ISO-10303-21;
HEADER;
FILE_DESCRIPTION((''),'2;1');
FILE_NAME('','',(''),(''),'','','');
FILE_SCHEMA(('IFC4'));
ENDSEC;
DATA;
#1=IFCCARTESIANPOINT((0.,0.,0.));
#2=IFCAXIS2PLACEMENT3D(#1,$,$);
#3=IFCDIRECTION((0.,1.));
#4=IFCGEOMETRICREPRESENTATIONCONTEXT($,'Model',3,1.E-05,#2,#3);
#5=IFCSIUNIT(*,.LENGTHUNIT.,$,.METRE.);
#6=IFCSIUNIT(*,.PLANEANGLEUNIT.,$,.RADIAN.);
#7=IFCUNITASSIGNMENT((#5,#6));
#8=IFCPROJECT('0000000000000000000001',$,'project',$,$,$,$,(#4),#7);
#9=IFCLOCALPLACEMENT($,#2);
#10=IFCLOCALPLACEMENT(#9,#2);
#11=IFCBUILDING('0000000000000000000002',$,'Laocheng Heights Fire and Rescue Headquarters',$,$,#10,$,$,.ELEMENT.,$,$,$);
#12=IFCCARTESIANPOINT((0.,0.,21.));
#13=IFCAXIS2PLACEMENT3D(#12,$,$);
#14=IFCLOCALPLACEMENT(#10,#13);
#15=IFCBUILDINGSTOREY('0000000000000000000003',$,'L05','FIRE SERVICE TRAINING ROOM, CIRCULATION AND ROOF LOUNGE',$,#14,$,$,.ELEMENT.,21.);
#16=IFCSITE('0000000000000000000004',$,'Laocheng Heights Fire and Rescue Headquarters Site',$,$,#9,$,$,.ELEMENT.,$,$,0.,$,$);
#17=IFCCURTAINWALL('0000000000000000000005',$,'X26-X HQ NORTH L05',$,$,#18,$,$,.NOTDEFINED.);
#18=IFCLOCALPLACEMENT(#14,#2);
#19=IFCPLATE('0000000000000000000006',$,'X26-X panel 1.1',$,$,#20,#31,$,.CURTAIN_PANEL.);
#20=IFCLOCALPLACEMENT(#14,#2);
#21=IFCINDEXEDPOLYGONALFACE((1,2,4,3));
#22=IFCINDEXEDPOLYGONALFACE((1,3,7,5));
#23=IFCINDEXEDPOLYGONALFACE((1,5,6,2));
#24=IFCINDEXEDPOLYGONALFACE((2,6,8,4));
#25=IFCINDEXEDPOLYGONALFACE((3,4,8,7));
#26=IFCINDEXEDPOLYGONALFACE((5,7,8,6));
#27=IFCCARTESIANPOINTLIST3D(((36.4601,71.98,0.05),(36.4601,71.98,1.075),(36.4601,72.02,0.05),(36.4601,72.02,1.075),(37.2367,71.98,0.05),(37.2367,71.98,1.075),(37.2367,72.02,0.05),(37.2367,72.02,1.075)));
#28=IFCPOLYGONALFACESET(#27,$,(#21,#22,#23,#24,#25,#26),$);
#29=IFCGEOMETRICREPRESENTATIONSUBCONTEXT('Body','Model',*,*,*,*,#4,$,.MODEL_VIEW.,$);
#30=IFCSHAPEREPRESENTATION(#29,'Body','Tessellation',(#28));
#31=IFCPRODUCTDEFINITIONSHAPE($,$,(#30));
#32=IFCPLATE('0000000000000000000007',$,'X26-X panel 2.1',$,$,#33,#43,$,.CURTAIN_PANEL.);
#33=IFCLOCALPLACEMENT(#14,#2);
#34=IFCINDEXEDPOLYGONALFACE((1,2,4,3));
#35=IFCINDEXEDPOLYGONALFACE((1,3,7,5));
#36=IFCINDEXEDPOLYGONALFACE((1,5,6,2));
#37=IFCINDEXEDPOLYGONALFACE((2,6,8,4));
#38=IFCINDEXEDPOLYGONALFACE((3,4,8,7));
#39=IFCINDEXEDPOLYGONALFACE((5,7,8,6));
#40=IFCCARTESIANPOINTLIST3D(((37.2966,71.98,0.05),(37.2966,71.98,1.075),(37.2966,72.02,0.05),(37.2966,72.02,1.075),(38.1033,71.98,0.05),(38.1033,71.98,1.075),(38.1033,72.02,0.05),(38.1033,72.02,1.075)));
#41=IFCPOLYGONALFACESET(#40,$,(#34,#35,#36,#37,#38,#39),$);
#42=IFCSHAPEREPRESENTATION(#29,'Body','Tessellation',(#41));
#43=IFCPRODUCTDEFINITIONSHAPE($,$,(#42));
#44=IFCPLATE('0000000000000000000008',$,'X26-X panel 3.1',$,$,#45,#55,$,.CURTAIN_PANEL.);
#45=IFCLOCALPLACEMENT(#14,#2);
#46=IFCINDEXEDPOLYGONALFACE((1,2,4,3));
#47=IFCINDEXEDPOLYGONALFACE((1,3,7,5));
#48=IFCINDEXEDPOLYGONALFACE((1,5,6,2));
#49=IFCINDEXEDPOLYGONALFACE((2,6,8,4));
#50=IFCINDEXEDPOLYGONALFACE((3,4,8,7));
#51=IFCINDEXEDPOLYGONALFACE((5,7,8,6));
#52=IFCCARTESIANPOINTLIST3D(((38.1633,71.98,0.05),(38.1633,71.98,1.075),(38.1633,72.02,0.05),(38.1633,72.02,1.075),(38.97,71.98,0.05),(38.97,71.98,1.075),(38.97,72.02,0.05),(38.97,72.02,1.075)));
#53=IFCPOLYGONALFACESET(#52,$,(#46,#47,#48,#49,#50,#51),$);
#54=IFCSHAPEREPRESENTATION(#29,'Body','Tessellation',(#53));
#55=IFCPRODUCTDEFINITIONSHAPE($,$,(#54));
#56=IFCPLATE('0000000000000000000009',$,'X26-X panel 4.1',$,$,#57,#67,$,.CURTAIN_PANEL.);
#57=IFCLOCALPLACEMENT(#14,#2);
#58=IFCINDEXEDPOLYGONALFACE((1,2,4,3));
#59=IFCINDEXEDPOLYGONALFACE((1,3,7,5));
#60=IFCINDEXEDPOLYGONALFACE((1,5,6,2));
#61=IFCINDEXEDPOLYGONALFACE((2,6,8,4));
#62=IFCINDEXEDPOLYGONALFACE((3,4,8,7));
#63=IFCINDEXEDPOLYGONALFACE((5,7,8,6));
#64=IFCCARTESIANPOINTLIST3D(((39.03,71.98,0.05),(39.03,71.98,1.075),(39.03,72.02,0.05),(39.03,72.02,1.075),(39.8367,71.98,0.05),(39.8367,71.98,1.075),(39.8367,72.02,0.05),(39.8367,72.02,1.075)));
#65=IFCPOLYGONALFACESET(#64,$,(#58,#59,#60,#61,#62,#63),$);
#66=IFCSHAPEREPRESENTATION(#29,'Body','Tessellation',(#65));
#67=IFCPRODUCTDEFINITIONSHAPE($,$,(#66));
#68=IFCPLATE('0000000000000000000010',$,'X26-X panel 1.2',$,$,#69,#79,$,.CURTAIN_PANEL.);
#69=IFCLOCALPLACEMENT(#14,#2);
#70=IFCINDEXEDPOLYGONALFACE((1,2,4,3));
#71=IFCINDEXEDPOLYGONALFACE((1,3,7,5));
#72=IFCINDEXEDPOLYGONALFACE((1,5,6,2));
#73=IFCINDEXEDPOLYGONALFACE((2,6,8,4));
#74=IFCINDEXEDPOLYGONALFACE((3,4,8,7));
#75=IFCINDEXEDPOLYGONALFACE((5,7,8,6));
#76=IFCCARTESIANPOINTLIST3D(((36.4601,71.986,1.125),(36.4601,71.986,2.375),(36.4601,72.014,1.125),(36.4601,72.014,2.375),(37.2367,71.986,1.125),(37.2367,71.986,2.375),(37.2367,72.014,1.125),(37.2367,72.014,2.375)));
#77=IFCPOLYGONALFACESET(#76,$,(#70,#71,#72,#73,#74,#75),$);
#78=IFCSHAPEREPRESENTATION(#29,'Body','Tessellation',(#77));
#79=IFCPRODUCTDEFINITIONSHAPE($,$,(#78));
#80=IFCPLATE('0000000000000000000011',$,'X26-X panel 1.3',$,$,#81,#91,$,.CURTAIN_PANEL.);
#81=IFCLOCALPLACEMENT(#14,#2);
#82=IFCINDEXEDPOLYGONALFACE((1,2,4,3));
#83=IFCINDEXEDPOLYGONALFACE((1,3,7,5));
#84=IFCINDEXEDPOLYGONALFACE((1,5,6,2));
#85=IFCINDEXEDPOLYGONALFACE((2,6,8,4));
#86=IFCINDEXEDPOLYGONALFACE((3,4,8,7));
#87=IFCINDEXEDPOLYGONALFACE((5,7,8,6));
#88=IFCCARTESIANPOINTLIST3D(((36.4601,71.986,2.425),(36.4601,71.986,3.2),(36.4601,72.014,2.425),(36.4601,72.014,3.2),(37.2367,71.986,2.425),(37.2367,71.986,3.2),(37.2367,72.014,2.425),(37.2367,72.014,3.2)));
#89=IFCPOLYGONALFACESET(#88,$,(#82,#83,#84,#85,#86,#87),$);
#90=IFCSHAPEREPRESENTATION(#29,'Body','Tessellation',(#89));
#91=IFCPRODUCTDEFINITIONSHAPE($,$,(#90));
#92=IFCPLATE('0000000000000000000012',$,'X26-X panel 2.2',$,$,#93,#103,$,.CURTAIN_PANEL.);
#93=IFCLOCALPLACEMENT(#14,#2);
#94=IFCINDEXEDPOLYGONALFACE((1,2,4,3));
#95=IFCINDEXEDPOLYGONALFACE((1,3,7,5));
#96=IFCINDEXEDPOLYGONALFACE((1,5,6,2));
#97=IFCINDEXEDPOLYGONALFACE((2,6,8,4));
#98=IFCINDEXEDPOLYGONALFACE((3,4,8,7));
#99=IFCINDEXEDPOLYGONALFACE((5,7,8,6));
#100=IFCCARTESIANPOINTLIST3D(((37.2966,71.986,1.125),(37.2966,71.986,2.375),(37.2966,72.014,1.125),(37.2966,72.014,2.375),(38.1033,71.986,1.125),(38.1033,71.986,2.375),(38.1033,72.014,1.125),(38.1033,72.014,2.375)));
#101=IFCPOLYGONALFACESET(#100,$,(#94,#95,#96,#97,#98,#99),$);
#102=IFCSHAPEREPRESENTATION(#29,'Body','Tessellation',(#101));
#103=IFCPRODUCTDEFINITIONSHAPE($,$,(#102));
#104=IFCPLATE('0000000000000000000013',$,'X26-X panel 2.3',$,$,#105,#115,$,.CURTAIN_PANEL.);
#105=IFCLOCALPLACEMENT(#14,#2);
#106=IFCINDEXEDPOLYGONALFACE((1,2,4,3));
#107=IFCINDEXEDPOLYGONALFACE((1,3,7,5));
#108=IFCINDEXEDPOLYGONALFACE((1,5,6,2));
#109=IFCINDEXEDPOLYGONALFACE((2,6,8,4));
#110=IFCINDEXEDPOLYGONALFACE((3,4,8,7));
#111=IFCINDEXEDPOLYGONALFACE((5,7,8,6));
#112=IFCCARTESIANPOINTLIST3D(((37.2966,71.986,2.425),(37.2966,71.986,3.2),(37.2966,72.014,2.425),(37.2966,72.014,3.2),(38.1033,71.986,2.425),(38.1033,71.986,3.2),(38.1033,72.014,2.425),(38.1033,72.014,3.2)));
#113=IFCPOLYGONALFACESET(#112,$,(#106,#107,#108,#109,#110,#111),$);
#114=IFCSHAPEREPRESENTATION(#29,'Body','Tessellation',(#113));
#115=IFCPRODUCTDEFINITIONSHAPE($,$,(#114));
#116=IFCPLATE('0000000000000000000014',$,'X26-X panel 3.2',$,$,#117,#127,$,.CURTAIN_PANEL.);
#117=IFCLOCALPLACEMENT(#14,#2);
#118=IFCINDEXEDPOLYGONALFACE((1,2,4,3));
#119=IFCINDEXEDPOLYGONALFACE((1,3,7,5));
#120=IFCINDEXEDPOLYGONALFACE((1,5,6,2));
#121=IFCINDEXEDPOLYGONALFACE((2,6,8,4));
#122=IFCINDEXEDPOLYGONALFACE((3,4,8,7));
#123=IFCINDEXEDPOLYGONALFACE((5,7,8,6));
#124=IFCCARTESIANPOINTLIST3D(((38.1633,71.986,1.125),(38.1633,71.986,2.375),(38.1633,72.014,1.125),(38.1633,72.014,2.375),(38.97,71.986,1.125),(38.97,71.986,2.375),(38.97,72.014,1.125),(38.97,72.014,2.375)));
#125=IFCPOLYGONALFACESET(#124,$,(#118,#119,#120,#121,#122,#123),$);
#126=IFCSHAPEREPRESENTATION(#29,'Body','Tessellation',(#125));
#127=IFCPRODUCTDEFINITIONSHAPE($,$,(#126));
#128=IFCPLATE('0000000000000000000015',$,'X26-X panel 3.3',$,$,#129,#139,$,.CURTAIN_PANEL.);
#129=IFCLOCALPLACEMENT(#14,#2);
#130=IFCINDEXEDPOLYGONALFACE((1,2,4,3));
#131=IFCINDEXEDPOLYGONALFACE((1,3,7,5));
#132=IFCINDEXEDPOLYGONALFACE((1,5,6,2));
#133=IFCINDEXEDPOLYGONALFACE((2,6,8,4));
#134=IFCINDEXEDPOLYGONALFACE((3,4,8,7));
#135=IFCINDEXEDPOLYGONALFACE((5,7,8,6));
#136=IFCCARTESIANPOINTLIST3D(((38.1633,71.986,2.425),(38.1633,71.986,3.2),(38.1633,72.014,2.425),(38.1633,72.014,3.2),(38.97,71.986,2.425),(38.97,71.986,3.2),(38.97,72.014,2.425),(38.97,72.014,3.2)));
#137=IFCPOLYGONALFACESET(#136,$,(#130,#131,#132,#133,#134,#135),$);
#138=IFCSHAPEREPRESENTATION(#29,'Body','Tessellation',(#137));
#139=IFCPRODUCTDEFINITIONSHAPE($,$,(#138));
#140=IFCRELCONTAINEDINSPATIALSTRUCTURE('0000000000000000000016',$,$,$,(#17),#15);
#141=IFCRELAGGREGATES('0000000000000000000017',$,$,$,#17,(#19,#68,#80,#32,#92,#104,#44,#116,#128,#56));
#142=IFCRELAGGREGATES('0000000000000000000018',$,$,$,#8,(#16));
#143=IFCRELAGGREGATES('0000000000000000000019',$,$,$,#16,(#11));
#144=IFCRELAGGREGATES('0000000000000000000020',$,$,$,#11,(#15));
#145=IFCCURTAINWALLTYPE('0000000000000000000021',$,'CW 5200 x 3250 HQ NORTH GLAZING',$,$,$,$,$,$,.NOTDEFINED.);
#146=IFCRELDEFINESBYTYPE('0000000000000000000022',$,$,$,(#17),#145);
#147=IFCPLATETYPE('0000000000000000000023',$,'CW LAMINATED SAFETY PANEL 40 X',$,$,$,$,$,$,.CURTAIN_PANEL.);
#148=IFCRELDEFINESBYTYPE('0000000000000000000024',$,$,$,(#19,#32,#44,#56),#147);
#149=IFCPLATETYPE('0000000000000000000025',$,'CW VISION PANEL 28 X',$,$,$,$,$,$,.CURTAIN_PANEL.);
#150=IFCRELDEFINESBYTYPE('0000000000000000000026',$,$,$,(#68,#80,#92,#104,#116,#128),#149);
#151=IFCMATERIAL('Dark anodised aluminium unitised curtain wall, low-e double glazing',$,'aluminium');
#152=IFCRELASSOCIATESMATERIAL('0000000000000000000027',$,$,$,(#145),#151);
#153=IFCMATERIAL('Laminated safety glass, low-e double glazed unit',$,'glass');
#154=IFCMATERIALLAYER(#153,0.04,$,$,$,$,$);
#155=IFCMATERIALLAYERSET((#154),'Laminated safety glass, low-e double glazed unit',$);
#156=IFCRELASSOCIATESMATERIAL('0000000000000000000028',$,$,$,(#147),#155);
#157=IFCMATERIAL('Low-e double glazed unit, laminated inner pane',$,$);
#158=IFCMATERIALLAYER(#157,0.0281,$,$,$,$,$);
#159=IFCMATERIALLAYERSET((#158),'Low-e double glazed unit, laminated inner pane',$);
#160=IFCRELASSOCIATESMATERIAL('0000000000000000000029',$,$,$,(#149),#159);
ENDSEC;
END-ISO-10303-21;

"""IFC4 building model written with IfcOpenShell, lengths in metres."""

from ifc_helpers import new_model, si_unit, direction, frame, origin, origin_2d, place, context, subcontext, project, spatial, rectangle, extrude, material, layer, layer_set, type_object, element, aggregate, save


model = new_model("IFC4")

# Units and contexts
model_context = context("Model", 3, precision=1e-05, world=origin(), true_north=direction((0.0, 1.0)))
body_context = subcontext(model_context, "Body", "Model", "MODEL_VIEW")
ifc_project = project(units=[si_unit("LENGTHUNIT", "METRE"), si_unit("PLANEANGLEUNIT", "RADIAN")], contexts=[model_context])

# Site, building, storey
site_placement = place(None, origin())
site = spatial("IfcSite", under=ifc_project, at=site_placement, Name="Laocheng Heights Fire and Rescue Headquarters Site", CompositionType="ELEMENT", RefElevation=0.0)
building_placement = place(site_placement, origin())
building = spatial("IfcBuilding", under=site, at=building_placement, Name="Laocheng Heights Fire and Rescue Headquarters", CompositionType="ELEMENT")
storey_placement = place(building_placement, frame((0.0, 0.0, 21.0)))
storey = spatial("IfcBuildingStorey", under=building, at=storey_placement, Name="L05", Description="FIRE SERVICE TRAINING ROOM, CIRCULATION AND ROOF LOUNGE", CompositionType="ELEMENT", Elevation=21.0)

# Curtain wall
ifc_material_1 = material(Name="Dark anodised aluminium unitised curtain wall, low-e double glazing", Category="aluminium")
curtain_wall_type = type_object("IfcCurtainWallType", Name="CW 5200 x 3250 HQ NORTH GLAZING", PredefinedType="NOTDEFINED", material=ifc_material_1)
curtain_wall_placement = place(storey_placement, origin())
curtain_wall = element("IfcCurtainWall", 1, at=curtain_wall_placement, inside=storey, type_object=curtain_wall_type, Name="X26-X HQ NORTH L05", PredefinedType="NOTDEFINED")

# Plates
ifc_material_2 = material(Name="Laminated safety glass, low-e double glazed unit", Category="glass")
ifc_layer_1 = layer(ifc_material_2, 0.04)
ifc_layer_set_1 = layer_set([ifc_layer_1], Name="Laminated safety glass, low-e double glazed unit")
plate_type_1 = type_object("IfcPlateType", Name="CW LAMINATED SAFETY PANEL 40 X", PredefinedType="CURTAIN_PANEL", material=ifc_layer_set_1)
plate_1_placement = place(storey_placement, frame((36.8484, 72.0, 0.05), z_axis=(0.0, 0.0, 1.0), x_axis=(1.0, 0.0, 0.0)))
plate_1 = element("IfcPlate", 2, at=plate_1_placement, type_object=plate_type_1, Name="X26-X panel 1.1", PredefinedType="CURTAIN_PANEL", context=body_context, shape_type="SweptSolid", body=[
    extrude(rectangle(XDim=0.7766, YDim=0.04, at=origin_2d()), origin(), (0.0, 0.0, 1.0), 1.0249),
])
plate_2_placement = place(storey_placement, frame((37.7, 72.0, 0.05), z_axis=(0.0, 0.0, 1.0), x_axis=(1.0, 0.0, 0.0)))
plate_2 = element("IfcPlate", 3, at=plate_2_placement, type_object=plate_type_1, Name="X26-X panel 2.1", PredefinedType="CURTAIN_PANEL", context=body_context, shape_type="SweptSolid", body=[
    extrude(rectangle(XDim=0.8066, YDim=0.04, at=origin_2d()), origin(), (0.0, 0.0, 1.0), 1.0249),
])
plate_3_placement = place(storey_placement, frame((38.5667, 72.0, 0.05), z_axis=(0.0, 0.0, 1.0), x_axis=(1.0, 0.0, 0.0)))
plate_3 = element("IfcPlate", 4, at=plate_3_placement, type_object=plate_type_1, Name="X26-X panel 3.1", PredefinedType="CURTAIN_PANEL", context=body_context, shape_type="SweptSolid", body=[
    extrude(rectangle(XDim=0.8066, YDim=0.04, at=origin_2d()), origin(), (0.0, 0.0, 1.0), 1.0249),
])
plate_4_placement = place(storey_placement, frame((39.4333, 72.0, 0.05), z_axis=(0.0, 0.0, 1.0), x_axis=(1.0, 0.0, 0.0)))
plate_4 = element("IfcPlate", 5, at=plate_4_placement, type_object=plate_type_1, Name="X26-X panel 4.1", PredefinedType="CURTAIN_PANEL", context=body_context, shape_type="SweptSolid", body=[
    extrude(rectangle(XDim=0.8066, YDim=0.04, at=origin_2d()), origin(), (0.0, 0.0, 1.0), 1.0249),
])
ifc_material_3 = material(Name="Low-e double glazed unit, laminated inner pane")
ifc_layer_2 = layer(ifc_material_3, 0.0281)
ifc_layer_set_2 = layer_set([ifc_layer_2], Name="Low-e double glazed unit, laminated inner pane")
plate_type_2 = type_object("IfcPlateType", Name="CW VISION PANEL 28 X", PredefinedType="CURTAIN_PANEL", material=ifc_layer_set_2)
plate_5_placement = place(storey_placement, frame((36.8484, 72.0, 1.125), z_axis=(0.0, 0.0, 1.0), x_axis=(1.0, 0.0, 0.0)))
plate_5 = element("IfcPlate", 6, at=plate_5_placement, type_object=plate_type_2, Name="X26-X panel 1.2", PredefinedType="CURTAIN_PANEL", context=body_context, shape_type="SweptSolid", body=[
    extrude(rectangle(XDim=0.7766, YDim=0.0281, at=origin_2d()), origin(), (0.0, 0.0, 1.0), 1.25),
])
plate_6_placement = place(storey_placement, frame((36.8484, 72.0, 2.425), z_axis=(0.0, 0.0, 1.0), x_axis=(1.0, 0.0, 0.0)))
plate_6 = element("IfcPlate", 7, at=plate_6_placement, type_object=plate_type_2, Name="X26-X panel 1.3", PredefinedType="CURTAIN_PANEL", context=body_context, shape_type="SweptSolid", body=[
    extrude(rectangle(XDim=0.7766, YDim=0.0281, at=origin_2d()), origin(), (0.0, 0.0, 1.0), 0.7749),
])
plate_7_placement = place(storey_placement, frame((37.7, 72.0, 1.125), z_axis=(0.0, 0.0, 1.0), x_axis=(1.0, 0.0, 0.0)))
plate_7 = element("IfcPlate", 8, at=plate_7_placement, type_object=plate_type_2, Name="X26-X panel 2.2", PredefinedType="CURTAIN_PANEL", context=body_context, shape_type="SweptSolid", body=[
    extrude(rectangle(XDim=0.8066, YDim=0.0281, at=origin_2d()), origin(), (0.0, 0.0, 1.0), 1.25),
])
plate_8_placement = place(storey_placement, frame((37.7, 72.0, 2.425), z_axis=(0.0, 0.0, 1.0), x_axis=(1.0, 0.0, 0.0)))
plate_8 = element("IfcPlate", 9, at=plate_8_placement, type_object=plate_type_2, Name="X26-X panel 2.3", PredefinedType="CURTAIN_PANEL", context=body_context, shape_type="SweptSolid", body=[
    extrude(rectangle(XDim=0.8066, YDim=0.0281, at=origin_2d()), origin(), (0.0, 0.0, 1.0), 0.7749),
])
plate_9_placement = place(storey_placement, frame((38.5667, 72.0, 1.125), z_axis=(0.0, 0.0, 1.0), x_axis=(1.0, 0.0, 0.0)))
plate_9 = element("IfcPlate", 10, at=plate_9_placement, type_object=plate_type_2, Name="X26-X panel 3.2", PredefinedType="CURTAIN_PANEL", context=body_context, shape_type="SweptSolid", body=[
    extrude(rectangle(XDim=0.8066, YDim=0.0281, at=origin_2d()), origin(), (0.0, 0.0, 1.0), 1.25),
])
plate_10_placement = place(storey_placement, frame((38.5667, 72.0, 2.425), z_axis=(0.0, 0.0, 1.0), x_axis=(1.0, 0.0, 0.0)))
plate_10 = element("IfcPlate", 11, at=plate_10_placement, type_object=plate_type_2, Name="X26-X panel 3.3", PredefinedType="CURTAIN_PANEL", context=body_context, shape_type="SweptSolid", body=[
    extrude(rectangle(XDim=0.8066, YDim=0.0281, at=origin_2d()), origin(), (0.0, 0.0, 1.0), 0.7749),
])
aggregate(curtain_wall, [plate_1, plate_5, plate_6, plate_2, plate_7, plate_8, plate_3, plate_9, plate_10, plate_4])

save(model, "model.ifc")
